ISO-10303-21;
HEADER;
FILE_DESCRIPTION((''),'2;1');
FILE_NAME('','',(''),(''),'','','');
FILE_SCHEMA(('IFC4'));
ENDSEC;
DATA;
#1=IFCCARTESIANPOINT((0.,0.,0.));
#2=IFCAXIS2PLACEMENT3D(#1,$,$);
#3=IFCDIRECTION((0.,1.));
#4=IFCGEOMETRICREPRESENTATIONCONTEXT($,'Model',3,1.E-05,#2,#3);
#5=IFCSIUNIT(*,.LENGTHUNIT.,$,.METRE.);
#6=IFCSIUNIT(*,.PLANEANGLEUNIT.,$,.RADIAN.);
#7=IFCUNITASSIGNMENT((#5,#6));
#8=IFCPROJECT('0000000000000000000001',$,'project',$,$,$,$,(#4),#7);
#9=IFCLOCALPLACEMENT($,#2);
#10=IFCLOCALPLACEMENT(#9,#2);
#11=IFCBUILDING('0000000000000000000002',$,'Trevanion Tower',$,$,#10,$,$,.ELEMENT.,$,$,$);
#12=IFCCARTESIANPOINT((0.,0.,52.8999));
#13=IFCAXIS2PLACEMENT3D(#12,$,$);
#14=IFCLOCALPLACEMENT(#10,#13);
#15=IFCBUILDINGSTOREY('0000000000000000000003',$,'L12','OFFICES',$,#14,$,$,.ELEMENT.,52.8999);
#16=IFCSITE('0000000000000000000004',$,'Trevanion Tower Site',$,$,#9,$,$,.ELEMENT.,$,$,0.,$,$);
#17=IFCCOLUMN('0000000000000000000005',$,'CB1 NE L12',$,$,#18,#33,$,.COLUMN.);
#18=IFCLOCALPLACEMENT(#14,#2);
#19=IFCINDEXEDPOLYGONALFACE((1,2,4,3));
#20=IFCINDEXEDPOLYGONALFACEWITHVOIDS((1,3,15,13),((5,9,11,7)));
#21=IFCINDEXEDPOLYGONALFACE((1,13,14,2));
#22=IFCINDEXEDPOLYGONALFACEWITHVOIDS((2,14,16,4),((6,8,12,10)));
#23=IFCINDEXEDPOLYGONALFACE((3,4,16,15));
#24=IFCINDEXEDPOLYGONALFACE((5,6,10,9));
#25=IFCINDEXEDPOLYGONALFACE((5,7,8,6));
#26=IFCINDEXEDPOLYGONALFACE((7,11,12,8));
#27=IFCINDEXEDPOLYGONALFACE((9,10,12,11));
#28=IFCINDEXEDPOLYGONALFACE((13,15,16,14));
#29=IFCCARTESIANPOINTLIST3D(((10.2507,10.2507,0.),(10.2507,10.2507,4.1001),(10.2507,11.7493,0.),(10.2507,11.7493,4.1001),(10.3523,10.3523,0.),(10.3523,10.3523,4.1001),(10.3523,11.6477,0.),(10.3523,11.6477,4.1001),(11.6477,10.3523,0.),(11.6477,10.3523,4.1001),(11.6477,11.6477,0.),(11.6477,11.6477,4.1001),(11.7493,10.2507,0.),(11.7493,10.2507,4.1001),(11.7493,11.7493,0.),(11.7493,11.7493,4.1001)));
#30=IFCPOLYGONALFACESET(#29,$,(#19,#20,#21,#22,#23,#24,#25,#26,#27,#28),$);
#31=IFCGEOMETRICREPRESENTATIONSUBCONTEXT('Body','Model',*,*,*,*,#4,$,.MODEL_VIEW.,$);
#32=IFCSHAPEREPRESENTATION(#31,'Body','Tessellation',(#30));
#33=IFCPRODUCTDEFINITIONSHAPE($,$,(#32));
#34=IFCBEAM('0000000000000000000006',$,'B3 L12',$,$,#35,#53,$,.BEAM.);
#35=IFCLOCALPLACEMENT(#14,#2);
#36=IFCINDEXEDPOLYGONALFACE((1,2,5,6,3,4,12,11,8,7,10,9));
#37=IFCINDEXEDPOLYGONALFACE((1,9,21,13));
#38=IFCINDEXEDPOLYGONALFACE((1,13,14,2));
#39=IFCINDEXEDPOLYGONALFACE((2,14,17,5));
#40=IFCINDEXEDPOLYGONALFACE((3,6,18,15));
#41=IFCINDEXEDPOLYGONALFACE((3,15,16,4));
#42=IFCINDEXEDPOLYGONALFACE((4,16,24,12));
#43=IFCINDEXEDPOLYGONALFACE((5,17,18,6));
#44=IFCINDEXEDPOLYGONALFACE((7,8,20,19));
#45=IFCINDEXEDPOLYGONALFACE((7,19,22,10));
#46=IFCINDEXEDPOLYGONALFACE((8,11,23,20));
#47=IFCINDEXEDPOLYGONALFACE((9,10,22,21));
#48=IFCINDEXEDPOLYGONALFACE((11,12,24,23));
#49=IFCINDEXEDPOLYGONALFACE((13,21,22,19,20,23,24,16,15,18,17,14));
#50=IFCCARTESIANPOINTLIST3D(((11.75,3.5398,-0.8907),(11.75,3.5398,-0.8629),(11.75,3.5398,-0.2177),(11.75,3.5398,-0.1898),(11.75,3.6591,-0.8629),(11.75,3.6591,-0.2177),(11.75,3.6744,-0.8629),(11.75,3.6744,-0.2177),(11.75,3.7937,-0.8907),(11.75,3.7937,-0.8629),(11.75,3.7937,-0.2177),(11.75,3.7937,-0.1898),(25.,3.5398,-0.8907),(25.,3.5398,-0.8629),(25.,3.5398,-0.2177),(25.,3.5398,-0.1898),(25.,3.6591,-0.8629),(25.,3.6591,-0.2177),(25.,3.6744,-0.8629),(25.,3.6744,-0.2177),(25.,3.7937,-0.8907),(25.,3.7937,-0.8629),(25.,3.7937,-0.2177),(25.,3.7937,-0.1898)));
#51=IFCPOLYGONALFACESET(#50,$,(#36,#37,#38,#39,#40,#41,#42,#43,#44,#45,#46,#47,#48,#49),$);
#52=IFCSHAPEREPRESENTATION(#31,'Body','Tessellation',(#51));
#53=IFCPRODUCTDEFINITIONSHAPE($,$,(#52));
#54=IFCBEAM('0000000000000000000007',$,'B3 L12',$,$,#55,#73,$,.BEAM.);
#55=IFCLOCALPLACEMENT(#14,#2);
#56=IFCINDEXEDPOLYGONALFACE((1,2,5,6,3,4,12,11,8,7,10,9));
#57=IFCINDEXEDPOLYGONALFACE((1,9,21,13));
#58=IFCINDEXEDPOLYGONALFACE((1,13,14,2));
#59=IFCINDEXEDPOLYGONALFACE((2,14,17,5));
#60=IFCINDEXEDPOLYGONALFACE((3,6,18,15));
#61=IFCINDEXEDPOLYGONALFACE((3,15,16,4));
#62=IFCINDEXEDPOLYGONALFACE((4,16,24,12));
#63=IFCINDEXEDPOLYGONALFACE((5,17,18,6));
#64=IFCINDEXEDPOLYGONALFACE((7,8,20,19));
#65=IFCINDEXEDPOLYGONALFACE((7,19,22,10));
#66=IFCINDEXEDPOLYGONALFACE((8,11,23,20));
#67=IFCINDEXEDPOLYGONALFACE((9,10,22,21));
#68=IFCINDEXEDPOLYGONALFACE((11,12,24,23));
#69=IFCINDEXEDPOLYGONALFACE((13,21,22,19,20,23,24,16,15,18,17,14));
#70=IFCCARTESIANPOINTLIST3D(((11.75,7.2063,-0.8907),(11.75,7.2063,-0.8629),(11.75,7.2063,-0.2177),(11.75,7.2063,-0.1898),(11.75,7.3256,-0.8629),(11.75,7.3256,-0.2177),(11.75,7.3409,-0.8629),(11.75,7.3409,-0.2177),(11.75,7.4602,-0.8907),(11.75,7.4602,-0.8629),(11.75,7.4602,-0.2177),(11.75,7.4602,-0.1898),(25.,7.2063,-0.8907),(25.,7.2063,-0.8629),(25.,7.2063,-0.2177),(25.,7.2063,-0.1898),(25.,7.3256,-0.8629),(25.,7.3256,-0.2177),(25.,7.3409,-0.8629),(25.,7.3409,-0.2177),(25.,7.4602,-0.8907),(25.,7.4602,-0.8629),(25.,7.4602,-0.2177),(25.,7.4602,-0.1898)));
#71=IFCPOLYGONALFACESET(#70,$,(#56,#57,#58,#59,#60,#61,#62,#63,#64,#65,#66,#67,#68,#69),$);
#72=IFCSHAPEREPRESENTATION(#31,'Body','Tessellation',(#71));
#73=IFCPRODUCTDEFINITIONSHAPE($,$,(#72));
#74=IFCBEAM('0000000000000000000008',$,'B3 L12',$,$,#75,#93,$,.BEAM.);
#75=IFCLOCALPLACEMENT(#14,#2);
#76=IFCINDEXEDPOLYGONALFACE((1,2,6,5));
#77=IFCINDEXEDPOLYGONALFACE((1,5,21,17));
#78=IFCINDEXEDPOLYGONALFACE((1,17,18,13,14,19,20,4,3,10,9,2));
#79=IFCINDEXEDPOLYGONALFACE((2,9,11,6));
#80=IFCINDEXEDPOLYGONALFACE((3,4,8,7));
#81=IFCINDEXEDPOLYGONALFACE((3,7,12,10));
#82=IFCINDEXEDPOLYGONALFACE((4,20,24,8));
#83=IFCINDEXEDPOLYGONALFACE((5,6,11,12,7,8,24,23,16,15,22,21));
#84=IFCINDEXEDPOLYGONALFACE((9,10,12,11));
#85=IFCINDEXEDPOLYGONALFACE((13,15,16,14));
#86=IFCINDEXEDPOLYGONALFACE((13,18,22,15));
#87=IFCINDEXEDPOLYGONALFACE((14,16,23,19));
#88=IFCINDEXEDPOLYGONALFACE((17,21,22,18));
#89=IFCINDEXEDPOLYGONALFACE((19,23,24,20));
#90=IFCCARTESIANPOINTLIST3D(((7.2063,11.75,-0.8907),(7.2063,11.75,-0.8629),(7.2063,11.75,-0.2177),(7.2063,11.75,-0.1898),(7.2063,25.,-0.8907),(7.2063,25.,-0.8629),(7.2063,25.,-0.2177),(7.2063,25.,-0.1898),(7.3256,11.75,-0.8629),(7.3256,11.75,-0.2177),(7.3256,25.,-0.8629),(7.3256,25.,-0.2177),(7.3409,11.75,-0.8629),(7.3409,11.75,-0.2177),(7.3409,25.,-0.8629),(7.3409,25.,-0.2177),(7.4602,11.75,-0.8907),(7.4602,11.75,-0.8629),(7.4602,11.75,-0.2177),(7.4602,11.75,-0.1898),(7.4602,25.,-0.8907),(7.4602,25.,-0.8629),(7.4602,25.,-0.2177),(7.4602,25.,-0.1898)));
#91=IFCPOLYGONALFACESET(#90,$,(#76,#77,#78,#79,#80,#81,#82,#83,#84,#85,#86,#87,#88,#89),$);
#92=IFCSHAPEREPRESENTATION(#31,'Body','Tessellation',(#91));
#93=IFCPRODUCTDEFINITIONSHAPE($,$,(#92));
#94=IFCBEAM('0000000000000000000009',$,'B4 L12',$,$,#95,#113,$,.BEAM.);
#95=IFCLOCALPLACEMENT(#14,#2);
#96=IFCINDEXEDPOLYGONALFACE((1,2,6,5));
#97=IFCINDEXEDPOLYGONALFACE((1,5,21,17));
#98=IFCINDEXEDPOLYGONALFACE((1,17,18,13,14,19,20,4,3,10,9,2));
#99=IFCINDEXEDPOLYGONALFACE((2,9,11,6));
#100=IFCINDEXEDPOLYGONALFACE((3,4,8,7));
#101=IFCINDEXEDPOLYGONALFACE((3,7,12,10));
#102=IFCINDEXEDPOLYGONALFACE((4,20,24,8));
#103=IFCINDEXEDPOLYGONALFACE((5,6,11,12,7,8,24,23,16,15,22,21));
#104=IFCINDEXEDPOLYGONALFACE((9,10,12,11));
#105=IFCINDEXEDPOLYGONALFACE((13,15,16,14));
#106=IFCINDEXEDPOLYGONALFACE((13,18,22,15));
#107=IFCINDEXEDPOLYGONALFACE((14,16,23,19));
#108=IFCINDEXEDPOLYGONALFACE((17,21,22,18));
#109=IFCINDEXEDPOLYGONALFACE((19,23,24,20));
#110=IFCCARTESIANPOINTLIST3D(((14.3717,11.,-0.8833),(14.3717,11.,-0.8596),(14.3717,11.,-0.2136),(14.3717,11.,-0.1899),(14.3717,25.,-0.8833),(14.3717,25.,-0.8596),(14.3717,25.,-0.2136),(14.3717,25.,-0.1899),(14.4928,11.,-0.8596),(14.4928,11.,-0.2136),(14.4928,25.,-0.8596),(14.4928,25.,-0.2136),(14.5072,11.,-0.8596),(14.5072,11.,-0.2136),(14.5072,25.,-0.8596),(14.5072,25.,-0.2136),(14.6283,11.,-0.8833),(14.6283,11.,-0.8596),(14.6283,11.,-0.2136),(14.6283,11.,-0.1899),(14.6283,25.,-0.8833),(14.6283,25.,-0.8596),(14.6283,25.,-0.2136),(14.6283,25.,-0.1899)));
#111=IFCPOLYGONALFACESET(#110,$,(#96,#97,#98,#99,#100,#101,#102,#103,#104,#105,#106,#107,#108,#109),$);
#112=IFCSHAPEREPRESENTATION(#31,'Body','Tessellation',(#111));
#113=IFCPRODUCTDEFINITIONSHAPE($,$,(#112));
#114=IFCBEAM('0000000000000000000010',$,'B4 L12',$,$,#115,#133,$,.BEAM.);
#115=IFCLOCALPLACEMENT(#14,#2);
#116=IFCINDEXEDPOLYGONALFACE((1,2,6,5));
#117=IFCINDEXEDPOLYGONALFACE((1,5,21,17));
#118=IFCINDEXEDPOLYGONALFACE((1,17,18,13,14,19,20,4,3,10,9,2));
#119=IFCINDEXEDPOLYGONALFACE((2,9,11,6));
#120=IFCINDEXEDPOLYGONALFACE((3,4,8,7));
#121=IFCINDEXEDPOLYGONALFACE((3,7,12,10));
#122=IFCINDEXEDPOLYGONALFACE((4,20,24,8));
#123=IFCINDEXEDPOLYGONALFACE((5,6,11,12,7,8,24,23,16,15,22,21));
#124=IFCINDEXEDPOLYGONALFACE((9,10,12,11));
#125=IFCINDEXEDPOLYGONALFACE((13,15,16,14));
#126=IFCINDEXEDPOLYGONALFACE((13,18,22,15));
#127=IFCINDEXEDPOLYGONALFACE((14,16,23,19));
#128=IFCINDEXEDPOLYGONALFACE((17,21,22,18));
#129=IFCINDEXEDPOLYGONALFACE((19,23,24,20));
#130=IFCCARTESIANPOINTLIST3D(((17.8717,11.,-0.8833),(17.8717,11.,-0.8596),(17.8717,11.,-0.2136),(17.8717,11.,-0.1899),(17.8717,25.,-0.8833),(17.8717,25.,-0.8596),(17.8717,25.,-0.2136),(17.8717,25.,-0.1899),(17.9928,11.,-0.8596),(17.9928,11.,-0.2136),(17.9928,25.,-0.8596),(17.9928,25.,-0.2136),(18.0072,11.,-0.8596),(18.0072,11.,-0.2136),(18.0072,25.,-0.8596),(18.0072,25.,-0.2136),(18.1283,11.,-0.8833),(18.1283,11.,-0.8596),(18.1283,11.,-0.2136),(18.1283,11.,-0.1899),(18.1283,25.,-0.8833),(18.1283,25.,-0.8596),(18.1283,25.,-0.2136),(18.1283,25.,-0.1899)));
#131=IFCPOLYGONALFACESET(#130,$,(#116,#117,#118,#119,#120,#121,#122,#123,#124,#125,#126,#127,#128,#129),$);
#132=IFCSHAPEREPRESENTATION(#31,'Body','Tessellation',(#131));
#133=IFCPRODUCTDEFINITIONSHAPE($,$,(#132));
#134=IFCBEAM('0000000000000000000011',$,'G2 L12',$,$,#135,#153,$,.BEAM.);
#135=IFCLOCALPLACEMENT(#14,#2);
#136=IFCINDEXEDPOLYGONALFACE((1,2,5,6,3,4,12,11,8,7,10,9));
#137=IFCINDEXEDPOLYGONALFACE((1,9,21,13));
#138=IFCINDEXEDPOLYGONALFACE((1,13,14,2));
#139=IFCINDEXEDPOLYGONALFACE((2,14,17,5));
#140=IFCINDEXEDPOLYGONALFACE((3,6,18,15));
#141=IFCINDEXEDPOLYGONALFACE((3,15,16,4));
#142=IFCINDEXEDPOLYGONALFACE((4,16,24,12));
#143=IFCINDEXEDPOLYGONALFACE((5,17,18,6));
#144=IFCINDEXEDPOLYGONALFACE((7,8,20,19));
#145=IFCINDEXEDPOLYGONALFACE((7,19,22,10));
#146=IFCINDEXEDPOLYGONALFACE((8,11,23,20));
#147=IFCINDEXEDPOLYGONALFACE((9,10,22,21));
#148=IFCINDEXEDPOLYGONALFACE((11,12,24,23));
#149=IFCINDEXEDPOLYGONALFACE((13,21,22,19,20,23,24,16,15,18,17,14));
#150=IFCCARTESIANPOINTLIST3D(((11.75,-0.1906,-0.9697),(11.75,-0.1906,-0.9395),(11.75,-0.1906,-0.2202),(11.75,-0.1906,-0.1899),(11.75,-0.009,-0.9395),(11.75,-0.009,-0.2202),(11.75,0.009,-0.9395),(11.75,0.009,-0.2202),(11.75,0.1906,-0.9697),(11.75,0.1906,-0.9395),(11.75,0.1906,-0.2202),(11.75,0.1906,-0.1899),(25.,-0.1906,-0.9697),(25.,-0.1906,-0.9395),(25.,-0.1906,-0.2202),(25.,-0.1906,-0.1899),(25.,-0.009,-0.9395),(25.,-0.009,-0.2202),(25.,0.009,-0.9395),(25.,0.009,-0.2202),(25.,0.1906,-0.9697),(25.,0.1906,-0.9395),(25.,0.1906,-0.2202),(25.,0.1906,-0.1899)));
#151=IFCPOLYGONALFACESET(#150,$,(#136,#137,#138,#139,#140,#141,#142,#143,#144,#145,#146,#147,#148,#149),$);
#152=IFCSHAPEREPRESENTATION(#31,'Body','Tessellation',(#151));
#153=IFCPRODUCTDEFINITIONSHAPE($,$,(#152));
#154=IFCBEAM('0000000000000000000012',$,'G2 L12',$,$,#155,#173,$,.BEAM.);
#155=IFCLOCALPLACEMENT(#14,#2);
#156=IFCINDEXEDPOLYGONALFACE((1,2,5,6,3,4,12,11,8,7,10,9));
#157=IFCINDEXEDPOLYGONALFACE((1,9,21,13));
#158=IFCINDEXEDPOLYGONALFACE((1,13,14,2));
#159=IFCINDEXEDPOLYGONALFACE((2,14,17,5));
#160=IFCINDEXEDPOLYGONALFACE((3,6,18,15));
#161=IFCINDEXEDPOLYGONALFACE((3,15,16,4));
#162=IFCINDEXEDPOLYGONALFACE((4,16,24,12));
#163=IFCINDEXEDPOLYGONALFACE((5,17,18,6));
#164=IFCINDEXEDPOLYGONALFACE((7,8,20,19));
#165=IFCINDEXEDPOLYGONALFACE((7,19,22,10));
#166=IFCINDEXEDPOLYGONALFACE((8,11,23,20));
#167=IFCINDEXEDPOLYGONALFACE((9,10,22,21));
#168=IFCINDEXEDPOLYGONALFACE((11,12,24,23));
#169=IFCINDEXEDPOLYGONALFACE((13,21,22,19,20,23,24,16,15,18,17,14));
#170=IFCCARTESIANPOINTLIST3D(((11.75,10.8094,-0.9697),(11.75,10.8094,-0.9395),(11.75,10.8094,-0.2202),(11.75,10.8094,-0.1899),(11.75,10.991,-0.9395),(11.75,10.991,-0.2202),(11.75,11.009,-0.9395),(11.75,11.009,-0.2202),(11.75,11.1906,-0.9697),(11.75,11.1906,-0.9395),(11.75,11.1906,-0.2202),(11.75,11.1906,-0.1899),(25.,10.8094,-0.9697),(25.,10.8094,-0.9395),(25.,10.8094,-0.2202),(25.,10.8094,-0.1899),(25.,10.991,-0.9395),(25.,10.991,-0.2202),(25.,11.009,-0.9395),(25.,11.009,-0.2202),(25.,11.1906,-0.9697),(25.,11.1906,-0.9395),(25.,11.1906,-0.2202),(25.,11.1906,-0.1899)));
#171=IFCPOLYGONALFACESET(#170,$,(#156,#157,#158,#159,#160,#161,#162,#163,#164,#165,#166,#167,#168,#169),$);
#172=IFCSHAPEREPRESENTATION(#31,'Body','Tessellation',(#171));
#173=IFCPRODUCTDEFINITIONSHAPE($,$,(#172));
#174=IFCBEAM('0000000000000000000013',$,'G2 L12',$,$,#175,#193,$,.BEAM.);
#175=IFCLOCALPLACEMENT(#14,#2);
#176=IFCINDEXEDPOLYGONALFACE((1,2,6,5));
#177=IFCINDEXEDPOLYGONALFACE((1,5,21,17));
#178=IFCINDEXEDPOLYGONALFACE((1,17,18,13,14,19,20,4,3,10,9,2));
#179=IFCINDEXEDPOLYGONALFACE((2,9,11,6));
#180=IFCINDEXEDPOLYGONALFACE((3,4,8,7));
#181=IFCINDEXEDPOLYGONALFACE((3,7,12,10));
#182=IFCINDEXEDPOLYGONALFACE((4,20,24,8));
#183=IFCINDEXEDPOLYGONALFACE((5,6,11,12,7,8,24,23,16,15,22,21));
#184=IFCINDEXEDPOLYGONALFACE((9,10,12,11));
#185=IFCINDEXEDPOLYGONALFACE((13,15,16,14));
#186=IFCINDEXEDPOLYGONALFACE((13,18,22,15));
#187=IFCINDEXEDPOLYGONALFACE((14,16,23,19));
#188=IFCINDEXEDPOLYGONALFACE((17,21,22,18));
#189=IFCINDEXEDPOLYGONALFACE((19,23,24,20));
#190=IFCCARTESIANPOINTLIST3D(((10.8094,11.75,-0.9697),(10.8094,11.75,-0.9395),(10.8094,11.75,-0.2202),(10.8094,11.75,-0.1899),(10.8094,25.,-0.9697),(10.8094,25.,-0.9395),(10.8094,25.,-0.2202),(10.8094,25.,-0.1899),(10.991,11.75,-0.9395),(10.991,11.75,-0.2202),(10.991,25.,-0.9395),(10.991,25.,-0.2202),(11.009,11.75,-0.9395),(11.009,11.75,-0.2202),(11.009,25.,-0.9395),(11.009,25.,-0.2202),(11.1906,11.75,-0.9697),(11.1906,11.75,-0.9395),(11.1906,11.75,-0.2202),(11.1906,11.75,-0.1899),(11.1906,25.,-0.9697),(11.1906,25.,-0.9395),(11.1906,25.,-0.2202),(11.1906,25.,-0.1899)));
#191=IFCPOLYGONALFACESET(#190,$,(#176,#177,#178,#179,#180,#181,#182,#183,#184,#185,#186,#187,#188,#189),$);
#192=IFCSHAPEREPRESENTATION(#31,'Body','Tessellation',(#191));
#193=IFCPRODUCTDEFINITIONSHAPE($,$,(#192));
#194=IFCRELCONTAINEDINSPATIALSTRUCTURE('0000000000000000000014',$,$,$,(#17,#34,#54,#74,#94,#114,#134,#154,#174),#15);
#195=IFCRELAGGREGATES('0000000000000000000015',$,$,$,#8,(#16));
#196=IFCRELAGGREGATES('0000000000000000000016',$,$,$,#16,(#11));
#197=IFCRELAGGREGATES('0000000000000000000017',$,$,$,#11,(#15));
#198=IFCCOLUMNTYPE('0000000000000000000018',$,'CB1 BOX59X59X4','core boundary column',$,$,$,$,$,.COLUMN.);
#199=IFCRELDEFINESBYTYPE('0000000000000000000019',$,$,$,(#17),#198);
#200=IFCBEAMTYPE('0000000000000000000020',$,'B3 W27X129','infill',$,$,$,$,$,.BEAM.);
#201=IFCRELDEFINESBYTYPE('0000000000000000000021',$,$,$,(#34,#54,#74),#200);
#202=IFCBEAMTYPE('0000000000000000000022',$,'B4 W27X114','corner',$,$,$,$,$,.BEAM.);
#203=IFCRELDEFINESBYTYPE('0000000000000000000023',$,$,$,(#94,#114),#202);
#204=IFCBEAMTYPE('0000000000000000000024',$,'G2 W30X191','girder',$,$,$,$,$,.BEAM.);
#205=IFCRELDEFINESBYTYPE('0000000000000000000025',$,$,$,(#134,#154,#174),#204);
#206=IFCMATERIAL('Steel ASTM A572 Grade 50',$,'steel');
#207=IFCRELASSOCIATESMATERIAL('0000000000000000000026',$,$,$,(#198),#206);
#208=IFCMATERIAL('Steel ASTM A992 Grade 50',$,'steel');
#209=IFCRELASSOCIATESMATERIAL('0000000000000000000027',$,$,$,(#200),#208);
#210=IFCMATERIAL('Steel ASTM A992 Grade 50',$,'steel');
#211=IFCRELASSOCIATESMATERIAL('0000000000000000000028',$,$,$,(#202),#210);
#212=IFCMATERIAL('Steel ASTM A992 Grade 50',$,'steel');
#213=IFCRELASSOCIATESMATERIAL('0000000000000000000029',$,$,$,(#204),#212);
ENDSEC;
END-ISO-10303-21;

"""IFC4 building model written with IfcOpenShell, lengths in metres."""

from ifc_helpers import new_model, si_unit, direction, frame, origin, origin_2d, place, context, subcontext, project, spatial, hollow_rectangle, i_section, extrude, material, material_profile, profile_set, type_object, element, save


model = new_model("IFC4")

# Units and contexts
model_context = context("Model", 3, precision=1e-05, world=origin(), true_north=direction((0.0, 1.0)))
body_context = subcontext(model_context, "Body", "Model", "MODEL_VIEW")
ifc_project = project(units=[si_unit("LENGTHUNIT", "METRE"), si_unit("PLANEANGLEUNIT", "RADIAN")], contexts=[model_context])

# Site, building, storey
site_placement = place(None, origin())
site = spatial("IfcSite", under=ifc_project, at=site_placement, Name="Trevanion Tower Site", CompositionType="ELEMENT", RefElevation=0.0)
building_placement = place(site_placement, origin())
building = spatial("IfcBuilding", under=site, at=building_placement, Name="Trevanion Tower", CompositionType="ELEMENT")
storey_placement = place(building_placement, frame((0.0, 0.0, 52.8999)))
storey = spatial("IfcBuildingStorey", under=building, at=storey_placement, Name="L12", Description="OFFICES", CompositionType="ELEMENT", Elevation=52.8999)

# Column
ifc_material_1 = material(Name="Steel ASTM A572 Grade 50", Category="steel")
ifc_material_profile_1 = material_profile(ifc_material_1, hollow_rectangle(XDim=1.4985, YDim=1.4985, WallThickness=0.1016, at=origin_2d()), Name="BOX59X59X4")
ifc_profile_set_1 = profile_set([ifc_material_profile_1], Name="Steel ASTM A572 Grade 50")
column_type = type_object("IfcColumnType", Name="CB1 BOX59X59X4", Description="core boundary column", PredefinedType="COLUMN", material=ifc_profile_set_1)
column_placement = place(storey_placement, frame((11.0, 11.0, 0.0), z_axis=(0.0, 0.0, 1.0), x_axis=(1.0, 0.0, 0.0)))
element("IfcColumn", 1, at=column_placement, inside=storey, type_object=column_type, Name="CB1 NE L12", PredefinedType="COLUMN", context=body_context, shape_type="SweptSolid", body=[
    extrude(hollow_rectangle(XDim=1.4985, YDim=1.4985, WallThickness=0.1016, at=origin_2d()), origin(), (0.0, 0.0, 1.0), 4.1001),
])

# Beams
ifc_material_2 = material(Name="Steel ASTM A992 Grade 50", Category="steel")
ifc_material_profile_2 = material_profile(ifc_material_2, i_section(OverallWidth=0.2539, OverallDepth=0.7009, WebThickness=0.0154, FlangeThickness=0.0278, at=origin_2d()), Name="W27X129")
ifc_profile_set_2 = profile_set([ifc_material_profile_2], Name="Steel ASTM A992 Grade 50")
beam_type_1 = type_object("IfcBeamType", Name="B3 W27X129", Description="infill", PredefinedType="BEAM", material=ifc_profile_set_2)
for number, where, z_axis, x_axis, name in (
    (2, (11.75, 3.6667, -0.5403), (1.0, 0.0, 0.0), (0.0, 1.0, 0.0), "B3 L12"),
    (3, (11.75, 7.3333, -0.5403), (1.0, 0.0, 0.0), (0.0, 1.0, 0.0), "B3 L12"),
    (4, (7.3333, 11.75, -0.5403), (0.0, 1.0, 0.0), (-1.0, 0.0, 0.0), "B3 L12"),
):
    element("IfcBeam", number, at=place(storey_placement, frame(where, z_axis=z_axis, x_axis=x_axis)), inside=storey, type_object=beam_type_1, Name=name, PredefinedType="BEAM", context=body_context, shape_type="SweptSolid", body=[
        extrude(i_section(OverallWidth=0.2539, OverallDepth=0.7009, WebThickness=0.0154, FlangeThickness=0.0278, at=origin_2d()), origin(), (0.0, 0.0, 1.0), 13.25),
    ])
ifc_material_3 = material(Name="Steel ASTM A992 Grade 50", Category="steel")
ifc_material_profile_3 = material_profile(ifc_material_3, i_section(OverallWidth=0.2566, OverallDepth=0.6934, WebThickness=0.0144, FlangeThickness=0.0237, at=origin_2d()), Name="W27X114")
ifc_profile_set_3 = profile_set([ifc_material_profile_3], Name="Steel ASTM A992 Grade 50")
beam_type_2 = type_object("IfcBeamType", Name="B4 W27X114", Description="corner", PredefinedType="BEAM", material=ifc_profile_set_3)
for number, where, z_axis, x_axis, name in (
    (5, (14.5, 11.0, -0.5366), (0.0, 1.0, 0.0), (-1.0, 0.0, 0.0), "B4 L12"),
    (6, (18.0, 11.0, -0.5366), (0.0, 1.0, 0.0), (-1.0, 0.0, 0.0), "B4 L12"),
):
    element("IfcBeam", number, at=place(storey_placement, frame(where, z_axis=z_axis, x_axis=x_axis)), inside=storey, type_object=beam_type_2, Name=name, PredefinedType="BEAM", context=body_context, shape_type="SweptSolid", body=[
        extrude(i_section(OverallWidth=0.2566, OverallDepth=0.6934, WebThickness=0.0144, FlangeThickness=0.0237, at=origin_2d()), origin(), (0.0, 0.0, 1.0), 14.0),
    ])
ifc_material_4 = material(Name="Steel ASTM A992 Grade 50", Category="steel")
ifc_material_profile_4 = material_profile(ifc_material_4, i_section(OverallWidth=0.3811, OverallDepth=0.7798, WebThickness=0.0181, FlangeThickness=0.0303, at=origin_2d()), Name="W30X191")
ifc_profile_set_4 = profile_set([ifc_material_profile_4], Name="Steel ASTM A992 Grade 50")
beam_type_3 = type_object("IfcBeamType", Name="G2 W30X191", Description="girder", PredefinedType="BEAM", material=ifc_profile_set_4)
for number, where, z_axis, x_axis, name in (
    (7, (11.75, 0.0, -0.5798), (1.0, 0.0, 0.0), (0.0, 1.0, 0.0), "G2 L12"),
    (8, (11.75, 11.0, -0.5798), (1.0, 0.0, 0.0), (0.0, 1.0, 0.0), "G2 L12"),
    (9, (11.0, 11.75, -0.5798), (0.0, 1.0, 0.0), (-1.0, 0.0, 0.0), "G2 L12"),
):
    element("IfcBeam", number, at=place(storey_placement, frame(where, z_axis=z_axis, x_axis=x_axis)), inside=storey, type_object=beam_type_3, Name=name, PredefinedType="BEAM", context=body_context, shape_type="SweptSolid", body=[
        extrude(i_section(OverallWidth=0.3811, OverallDepth=0.7798, WebThickness=0.0181, FlangeThickness=0.0303, at=origin_2d()), origin(), (0.0, 0.0, 1.0), 13.25),
    ])

save(model, "model.ifc")
